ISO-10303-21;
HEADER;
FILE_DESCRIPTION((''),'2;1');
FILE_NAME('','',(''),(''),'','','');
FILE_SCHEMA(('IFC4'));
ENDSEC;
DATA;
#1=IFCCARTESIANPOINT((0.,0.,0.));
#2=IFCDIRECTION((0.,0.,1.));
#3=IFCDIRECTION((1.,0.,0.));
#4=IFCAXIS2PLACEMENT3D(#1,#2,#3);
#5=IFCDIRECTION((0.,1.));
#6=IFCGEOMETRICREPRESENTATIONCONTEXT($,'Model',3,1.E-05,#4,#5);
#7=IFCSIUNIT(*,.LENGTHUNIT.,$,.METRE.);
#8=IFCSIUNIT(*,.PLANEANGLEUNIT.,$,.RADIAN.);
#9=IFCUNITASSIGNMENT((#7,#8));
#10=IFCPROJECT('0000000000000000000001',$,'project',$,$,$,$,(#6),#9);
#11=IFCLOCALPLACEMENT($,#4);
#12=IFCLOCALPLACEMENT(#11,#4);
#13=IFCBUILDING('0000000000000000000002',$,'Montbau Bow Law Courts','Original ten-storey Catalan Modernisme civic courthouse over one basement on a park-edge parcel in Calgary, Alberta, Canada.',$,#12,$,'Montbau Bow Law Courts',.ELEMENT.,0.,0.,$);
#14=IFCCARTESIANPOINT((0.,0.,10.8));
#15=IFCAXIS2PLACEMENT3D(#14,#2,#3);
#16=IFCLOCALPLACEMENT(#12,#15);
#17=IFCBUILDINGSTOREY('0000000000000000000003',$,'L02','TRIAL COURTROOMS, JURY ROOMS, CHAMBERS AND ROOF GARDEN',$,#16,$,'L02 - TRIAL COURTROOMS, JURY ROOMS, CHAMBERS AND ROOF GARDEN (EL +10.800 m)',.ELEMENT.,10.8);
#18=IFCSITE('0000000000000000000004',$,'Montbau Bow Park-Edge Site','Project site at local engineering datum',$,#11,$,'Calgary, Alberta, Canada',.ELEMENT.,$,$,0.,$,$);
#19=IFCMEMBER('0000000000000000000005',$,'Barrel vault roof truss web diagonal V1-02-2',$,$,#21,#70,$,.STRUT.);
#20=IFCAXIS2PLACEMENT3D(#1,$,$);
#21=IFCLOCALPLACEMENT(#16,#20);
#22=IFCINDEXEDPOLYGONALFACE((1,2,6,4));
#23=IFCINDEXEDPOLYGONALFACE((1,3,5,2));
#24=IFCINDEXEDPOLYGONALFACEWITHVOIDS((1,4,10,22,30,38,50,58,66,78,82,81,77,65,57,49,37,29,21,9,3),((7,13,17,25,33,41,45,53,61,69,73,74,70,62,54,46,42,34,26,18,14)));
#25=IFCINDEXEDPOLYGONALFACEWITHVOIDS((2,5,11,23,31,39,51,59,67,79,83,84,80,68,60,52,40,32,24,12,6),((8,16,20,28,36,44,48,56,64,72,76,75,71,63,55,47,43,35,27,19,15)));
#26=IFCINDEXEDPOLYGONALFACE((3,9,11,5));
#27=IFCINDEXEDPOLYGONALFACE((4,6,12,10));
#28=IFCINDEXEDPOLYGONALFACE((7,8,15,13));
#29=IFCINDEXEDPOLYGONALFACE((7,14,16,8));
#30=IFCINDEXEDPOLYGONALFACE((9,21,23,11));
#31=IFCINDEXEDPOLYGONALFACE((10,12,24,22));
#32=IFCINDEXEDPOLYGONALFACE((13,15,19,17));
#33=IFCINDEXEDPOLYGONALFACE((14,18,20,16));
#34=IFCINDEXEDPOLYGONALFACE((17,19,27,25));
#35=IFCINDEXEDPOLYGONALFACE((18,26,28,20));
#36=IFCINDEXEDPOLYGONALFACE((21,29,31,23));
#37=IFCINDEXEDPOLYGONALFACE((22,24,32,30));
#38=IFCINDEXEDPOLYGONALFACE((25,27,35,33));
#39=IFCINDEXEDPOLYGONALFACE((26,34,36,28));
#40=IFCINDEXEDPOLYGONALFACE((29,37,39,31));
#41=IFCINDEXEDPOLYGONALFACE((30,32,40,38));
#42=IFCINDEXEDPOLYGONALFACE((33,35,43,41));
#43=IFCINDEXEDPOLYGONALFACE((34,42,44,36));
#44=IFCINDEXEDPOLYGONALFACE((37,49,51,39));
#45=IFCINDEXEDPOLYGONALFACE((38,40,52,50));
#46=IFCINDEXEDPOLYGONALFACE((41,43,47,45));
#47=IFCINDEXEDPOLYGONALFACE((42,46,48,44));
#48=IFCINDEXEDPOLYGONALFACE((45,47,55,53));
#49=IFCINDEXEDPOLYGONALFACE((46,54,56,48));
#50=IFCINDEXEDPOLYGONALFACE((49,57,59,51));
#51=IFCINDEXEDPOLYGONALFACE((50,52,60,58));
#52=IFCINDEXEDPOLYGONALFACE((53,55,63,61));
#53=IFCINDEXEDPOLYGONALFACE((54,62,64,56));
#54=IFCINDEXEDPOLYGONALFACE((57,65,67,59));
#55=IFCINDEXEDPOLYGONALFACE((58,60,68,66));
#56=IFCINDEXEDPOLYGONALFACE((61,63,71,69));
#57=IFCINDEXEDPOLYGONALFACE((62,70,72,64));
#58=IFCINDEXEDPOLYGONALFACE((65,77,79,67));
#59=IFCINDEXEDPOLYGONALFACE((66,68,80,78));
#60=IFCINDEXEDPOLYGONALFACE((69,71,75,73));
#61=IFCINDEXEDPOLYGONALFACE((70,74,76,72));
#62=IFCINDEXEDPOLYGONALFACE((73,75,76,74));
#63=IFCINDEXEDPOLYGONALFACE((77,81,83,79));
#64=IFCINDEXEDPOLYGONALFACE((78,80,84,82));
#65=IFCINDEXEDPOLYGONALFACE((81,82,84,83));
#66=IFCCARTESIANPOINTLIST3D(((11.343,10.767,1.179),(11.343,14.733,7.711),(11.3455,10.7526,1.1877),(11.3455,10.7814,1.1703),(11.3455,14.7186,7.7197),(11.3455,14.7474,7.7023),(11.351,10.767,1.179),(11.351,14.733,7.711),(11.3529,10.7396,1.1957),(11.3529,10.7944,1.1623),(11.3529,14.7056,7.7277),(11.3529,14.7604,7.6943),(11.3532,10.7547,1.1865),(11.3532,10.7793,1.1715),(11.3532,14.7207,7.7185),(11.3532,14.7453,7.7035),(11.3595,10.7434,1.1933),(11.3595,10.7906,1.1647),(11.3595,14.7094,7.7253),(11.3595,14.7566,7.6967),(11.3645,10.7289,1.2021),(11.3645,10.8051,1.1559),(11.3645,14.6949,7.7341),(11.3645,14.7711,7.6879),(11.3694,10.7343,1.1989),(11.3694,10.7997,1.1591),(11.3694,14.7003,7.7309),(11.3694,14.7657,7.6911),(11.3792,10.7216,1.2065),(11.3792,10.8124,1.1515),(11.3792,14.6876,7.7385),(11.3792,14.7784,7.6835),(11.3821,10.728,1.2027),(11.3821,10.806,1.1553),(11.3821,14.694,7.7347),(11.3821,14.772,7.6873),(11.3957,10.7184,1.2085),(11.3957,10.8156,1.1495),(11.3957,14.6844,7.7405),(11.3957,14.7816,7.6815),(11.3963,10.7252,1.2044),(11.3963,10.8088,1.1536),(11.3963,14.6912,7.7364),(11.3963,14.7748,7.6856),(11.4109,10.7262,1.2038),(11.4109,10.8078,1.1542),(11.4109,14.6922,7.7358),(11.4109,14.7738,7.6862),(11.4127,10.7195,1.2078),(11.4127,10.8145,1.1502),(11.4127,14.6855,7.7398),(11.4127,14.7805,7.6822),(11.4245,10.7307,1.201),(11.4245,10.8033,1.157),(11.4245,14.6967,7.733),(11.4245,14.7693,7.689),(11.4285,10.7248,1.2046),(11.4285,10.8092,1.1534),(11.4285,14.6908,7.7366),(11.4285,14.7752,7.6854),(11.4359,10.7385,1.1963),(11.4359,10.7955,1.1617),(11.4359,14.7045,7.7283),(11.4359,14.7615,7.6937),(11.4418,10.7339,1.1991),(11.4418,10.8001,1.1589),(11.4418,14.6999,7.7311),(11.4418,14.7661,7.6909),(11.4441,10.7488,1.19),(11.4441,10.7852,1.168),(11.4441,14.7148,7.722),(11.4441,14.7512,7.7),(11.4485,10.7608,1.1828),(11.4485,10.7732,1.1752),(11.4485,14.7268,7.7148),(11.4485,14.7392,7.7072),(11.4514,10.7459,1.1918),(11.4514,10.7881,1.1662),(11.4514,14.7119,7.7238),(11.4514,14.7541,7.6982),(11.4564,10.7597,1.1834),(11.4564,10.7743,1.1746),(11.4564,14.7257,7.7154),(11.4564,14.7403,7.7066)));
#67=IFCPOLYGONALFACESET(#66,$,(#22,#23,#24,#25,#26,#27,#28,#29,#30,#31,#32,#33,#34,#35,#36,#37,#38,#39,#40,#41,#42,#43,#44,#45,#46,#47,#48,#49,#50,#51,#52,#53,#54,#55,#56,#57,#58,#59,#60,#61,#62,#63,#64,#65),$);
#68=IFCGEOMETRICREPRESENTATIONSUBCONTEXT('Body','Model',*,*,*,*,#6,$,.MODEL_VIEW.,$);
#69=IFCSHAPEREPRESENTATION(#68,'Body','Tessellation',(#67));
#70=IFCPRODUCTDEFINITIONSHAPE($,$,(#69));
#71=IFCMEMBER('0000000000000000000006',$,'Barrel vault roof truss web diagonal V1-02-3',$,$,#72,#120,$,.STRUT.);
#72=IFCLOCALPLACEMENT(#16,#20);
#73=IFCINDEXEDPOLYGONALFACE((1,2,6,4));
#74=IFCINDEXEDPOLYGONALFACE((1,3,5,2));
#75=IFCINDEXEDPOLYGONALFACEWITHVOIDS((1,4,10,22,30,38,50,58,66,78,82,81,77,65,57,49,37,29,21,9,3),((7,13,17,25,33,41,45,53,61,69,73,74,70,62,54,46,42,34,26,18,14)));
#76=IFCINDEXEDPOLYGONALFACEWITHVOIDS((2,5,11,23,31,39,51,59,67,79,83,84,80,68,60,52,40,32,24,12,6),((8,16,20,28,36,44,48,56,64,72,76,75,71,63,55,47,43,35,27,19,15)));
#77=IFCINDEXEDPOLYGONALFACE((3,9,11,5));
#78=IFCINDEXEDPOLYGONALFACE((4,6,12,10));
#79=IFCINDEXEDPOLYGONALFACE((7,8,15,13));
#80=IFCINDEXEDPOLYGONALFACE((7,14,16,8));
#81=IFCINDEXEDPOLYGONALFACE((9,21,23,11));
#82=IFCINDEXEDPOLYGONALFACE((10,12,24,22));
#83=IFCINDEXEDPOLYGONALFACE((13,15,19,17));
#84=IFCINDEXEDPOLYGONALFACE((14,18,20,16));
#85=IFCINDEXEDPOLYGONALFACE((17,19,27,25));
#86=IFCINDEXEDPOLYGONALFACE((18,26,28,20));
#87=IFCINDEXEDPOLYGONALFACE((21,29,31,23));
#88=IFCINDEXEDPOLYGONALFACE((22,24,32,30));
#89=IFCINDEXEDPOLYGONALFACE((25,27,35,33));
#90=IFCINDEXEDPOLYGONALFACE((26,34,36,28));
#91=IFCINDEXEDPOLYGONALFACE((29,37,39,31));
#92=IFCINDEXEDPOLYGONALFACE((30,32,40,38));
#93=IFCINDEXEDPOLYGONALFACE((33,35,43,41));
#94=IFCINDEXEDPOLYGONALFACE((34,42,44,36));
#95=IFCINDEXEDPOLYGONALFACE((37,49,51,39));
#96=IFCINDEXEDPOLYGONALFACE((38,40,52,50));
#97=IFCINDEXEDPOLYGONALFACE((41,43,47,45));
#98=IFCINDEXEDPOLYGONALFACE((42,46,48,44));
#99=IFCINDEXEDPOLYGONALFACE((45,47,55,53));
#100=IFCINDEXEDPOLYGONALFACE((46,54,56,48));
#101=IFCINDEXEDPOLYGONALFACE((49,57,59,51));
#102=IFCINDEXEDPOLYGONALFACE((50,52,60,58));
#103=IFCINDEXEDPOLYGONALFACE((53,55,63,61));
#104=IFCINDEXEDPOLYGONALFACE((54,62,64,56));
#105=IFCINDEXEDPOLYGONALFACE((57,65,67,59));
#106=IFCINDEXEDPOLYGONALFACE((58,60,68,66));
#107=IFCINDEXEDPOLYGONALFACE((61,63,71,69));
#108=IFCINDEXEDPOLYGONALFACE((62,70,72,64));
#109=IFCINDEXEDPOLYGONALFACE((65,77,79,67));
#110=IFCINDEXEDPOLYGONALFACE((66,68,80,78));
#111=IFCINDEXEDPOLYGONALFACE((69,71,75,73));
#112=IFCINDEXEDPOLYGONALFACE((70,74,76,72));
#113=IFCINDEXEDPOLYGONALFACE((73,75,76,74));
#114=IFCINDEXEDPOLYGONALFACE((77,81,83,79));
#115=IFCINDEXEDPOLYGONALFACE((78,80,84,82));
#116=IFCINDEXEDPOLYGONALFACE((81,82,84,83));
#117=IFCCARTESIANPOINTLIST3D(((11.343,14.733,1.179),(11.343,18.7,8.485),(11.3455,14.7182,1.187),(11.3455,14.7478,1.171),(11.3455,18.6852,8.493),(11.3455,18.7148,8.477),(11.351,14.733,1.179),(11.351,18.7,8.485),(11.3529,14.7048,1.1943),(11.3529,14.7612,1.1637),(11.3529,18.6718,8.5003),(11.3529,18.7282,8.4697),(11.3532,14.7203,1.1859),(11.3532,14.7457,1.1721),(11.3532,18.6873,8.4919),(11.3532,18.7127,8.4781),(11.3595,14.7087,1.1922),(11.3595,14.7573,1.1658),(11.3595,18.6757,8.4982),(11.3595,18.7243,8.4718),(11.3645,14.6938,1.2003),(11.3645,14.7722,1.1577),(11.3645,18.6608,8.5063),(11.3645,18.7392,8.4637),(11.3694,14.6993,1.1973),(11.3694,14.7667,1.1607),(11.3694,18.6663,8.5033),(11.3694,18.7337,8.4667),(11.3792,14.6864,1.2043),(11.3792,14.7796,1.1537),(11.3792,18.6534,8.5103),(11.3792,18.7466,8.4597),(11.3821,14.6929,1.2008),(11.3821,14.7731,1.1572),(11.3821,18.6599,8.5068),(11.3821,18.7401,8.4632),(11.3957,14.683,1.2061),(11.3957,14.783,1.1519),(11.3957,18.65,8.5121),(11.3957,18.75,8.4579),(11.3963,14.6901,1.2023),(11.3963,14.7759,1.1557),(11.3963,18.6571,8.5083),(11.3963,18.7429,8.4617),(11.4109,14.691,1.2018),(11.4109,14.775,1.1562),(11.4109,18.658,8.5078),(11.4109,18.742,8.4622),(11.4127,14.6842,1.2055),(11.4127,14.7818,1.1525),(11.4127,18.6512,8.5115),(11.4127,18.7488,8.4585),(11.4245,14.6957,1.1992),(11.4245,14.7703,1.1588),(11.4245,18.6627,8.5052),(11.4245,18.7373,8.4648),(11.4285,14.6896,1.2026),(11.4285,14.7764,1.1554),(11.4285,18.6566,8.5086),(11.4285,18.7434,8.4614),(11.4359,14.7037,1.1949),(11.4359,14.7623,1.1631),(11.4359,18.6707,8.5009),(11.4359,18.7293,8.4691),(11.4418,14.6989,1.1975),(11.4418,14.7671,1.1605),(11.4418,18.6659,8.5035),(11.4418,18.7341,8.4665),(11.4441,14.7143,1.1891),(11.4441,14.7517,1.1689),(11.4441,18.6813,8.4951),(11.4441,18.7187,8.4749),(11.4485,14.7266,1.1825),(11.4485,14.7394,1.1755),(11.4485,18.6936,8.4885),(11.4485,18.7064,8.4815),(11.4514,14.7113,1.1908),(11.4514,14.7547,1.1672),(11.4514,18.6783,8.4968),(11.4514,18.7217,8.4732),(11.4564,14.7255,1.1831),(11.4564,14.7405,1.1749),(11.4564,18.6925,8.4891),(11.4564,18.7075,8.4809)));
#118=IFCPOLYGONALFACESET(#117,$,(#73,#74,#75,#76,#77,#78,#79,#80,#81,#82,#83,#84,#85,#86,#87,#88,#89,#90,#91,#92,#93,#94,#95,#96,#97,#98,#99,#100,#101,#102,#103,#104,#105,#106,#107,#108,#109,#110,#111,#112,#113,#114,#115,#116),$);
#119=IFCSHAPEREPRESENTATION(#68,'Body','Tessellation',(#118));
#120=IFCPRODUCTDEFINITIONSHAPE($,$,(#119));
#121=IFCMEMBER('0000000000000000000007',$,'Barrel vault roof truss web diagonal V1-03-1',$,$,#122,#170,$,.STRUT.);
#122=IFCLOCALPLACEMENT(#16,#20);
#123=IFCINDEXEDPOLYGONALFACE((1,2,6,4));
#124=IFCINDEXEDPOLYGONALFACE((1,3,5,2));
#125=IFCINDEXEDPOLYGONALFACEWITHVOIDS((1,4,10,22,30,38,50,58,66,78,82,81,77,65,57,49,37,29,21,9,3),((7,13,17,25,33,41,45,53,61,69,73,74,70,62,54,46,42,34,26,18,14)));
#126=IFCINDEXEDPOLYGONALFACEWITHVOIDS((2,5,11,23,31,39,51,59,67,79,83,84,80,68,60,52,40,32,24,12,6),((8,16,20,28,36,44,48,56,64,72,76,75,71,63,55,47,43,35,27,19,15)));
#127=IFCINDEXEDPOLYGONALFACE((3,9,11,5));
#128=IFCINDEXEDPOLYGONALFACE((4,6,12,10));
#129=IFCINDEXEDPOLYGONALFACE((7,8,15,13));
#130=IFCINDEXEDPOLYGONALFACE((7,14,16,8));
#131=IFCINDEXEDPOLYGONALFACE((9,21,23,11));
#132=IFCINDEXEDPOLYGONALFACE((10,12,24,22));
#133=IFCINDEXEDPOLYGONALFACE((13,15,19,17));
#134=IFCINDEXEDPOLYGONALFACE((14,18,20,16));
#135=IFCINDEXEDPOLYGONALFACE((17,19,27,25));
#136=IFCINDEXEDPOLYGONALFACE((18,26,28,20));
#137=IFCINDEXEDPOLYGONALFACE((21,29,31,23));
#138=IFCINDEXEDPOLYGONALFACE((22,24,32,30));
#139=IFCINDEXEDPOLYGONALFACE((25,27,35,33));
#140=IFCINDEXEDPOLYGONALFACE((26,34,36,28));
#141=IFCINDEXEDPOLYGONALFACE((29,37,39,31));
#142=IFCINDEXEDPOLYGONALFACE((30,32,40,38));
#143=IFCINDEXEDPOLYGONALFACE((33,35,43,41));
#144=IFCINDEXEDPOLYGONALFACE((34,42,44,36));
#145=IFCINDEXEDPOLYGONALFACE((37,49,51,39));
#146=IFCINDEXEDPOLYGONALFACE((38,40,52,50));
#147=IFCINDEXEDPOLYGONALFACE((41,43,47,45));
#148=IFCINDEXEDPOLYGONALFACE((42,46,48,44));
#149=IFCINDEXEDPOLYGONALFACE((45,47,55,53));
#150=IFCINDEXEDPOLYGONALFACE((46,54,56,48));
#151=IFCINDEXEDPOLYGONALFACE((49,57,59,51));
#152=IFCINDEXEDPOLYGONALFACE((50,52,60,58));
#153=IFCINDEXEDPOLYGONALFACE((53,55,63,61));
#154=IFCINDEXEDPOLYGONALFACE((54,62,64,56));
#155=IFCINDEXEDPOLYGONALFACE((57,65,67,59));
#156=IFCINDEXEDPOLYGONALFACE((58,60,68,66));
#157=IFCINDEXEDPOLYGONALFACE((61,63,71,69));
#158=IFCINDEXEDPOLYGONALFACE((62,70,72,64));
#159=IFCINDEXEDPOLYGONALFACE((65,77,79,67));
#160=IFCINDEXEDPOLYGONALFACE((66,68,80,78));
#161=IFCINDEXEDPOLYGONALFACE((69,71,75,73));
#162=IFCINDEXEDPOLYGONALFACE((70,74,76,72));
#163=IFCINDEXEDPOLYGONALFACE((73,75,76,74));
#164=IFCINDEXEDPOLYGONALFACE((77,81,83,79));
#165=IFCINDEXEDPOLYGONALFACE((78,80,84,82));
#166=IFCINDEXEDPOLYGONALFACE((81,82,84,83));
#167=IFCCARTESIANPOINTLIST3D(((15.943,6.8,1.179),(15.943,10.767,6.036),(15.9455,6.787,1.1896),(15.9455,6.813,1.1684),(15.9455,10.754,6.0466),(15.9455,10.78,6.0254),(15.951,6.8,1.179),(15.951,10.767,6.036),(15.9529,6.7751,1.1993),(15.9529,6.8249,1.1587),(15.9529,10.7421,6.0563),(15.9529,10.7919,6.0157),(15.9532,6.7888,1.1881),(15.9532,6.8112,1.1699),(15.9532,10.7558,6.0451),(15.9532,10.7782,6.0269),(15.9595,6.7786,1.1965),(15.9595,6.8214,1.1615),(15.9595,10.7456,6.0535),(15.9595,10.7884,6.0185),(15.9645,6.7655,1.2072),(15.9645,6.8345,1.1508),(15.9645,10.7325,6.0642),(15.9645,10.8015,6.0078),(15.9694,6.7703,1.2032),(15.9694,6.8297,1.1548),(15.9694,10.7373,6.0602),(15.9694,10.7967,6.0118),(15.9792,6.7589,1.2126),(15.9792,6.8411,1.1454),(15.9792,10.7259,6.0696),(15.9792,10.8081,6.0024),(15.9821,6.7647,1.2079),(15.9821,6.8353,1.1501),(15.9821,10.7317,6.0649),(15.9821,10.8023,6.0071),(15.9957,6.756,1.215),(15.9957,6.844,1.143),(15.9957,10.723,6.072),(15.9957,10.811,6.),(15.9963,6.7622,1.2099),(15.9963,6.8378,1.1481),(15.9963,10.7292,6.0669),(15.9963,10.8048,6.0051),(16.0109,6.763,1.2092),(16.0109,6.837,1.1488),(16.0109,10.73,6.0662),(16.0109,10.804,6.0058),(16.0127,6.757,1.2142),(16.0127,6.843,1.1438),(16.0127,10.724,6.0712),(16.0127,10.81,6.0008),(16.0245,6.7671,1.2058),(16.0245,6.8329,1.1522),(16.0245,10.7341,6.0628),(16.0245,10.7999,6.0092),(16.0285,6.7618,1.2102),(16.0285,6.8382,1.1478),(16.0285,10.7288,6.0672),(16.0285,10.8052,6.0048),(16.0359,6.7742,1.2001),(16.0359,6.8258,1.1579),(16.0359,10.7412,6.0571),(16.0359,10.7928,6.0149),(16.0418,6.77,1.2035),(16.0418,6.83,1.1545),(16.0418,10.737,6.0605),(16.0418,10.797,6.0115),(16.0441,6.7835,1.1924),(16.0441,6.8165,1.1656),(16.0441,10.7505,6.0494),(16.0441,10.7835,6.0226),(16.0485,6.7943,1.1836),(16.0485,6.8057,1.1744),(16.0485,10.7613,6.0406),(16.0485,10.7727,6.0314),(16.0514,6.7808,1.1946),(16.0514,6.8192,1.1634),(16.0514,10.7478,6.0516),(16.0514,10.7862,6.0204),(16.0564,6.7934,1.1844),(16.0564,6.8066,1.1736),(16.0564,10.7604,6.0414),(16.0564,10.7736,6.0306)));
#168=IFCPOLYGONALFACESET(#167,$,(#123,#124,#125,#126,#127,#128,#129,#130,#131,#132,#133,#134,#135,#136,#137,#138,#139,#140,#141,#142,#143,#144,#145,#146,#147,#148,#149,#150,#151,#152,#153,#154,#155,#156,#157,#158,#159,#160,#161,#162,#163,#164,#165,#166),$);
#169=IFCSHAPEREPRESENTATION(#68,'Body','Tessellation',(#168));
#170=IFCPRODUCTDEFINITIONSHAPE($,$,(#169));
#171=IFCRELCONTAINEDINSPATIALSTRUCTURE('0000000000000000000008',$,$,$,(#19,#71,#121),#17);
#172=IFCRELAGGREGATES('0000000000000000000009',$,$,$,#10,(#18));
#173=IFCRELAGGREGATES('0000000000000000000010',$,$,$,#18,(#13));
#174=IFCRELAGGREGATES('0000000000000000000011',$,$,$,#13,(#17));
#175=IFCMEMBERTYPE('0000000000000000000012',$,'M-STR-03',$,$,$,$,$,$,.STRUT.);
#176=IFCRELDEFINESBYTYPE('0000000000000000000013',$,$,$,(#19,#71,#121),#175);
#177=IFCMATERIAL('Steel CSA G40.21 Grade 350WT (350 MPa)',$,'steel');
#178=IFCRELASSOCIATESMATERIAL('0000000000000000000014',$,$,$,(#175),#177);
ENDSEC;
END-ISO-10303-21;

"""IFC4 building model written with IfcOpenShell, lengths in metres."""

from ifc_helpers import new_model, si_unit, direction, frame, origin_with_axes, origin_2d_with_axis, place, context, subcontext, project, spatial, hollow_circle, extrude, material, material_profile, profile_set, type_object, element, save


model = new_model("IFC4")

# Units and contexts
model_context = context("Model", 3, precision=1e-05, world=origin_with_axes(), true_north=direction((0.0, 1.0)))
body_context = subcontext(model_context, "Body", "Model", "MODEL_VIEW")
ifc_project = project(units=[si_unit("LENGTHUNIT", "METRE"), si_unit("PLANEANGLEUNIT", "RADIAN")], contexts=[model_context])

# Site, building, storey
site_placement = place(None, origin_with_axes())
site = spatial("IfcSite", under=ifc_project, at=site_placement, Name="Montbau Bow Park-Edge Site", Description="Project site at local engineering datum", LongName="Calgary, Alberta, Canada", CompositionType="ELEMENT", RefElevation=0.0)
building_placement = place(site_placement, origin_with_axes())
building = spatial("IfcBuilding", under=site, at=building_placement, Name="Montbau Bow Law Courts", Description="Original ten-storey Catalan Modernisme civic courthouse over one basement on a park-edge parcel in Calgary, Alberta, Canada.", LongName="Montbau Bow Law Courts", CompositionType="ELEMENT", ElevationOfRefHeight=0.0, ElevationOfTerrain=0.0)
storey_placement = place(building_placement, frame((0.0, 0.0, 10.8), z_axis=(0.0, 0.0, 1.0), x_axis=(1.0, 0.0, 0.0)))
storey = spatial("IfcBuildingStorey", under=building, at=storey_placement, Name="L02", Description="TRIAL COURTROOMS, JURY ROOMS, CHAMBERS AND ROOF GARDEN", LongName="L02 - TRIAL COURTROOMS, JURY ROOMS, CHAMBERS AND ROOF GARDEN (EL +10.800 m)", CompositionType="ELEMENT", Elevation=10.8)

# Members
ifc_material = material(Name="Steel CSA G40.21 Grade 350WT (350 MPa)", Category="steel")
ifc_material_profile_1 = material_profile(ifc_material, hollow_circle(Radius=0.057, WallThickness=0.008, at=origin_2d_with_axis()), Name="HSS114X8.0", Category="Main", Priority=0)
ifc_profile_set_1 = profile_set([ifc_material_profile_1], Name="Steel CSA G40.21 Grade 350WT (350 MPa)")
member_type_1 = type_object("IfcMemberType", Name="M-STR-03", PredefinedType="STRUT", material=ifc_profile_set_1)
member_1_placement = place(None, frame((11.4, 10.767, 11.979), z_axis=(0.0, 0.518992, 0.854779), x_axis=(-1.0, 0.0, 0.0)))
element("IfcMember", 1, at=member_1_placement, inside=storey, type_object=member_type_1, Name="Barrel vault roof truss web diagonal V1-02-2", PredefinedType="STRUT", context=body_context, shape_type="SweptSolid", body=[
    extrude(hollow_circle(Radius=0.057, WallThickness=0.008, at=origin_2d_with_axis()), origin_with_axes(), (0.0, 0.0, 1.0), 7.6417),
])
member_2_placement = place(None, frame((11.4, 14.733, 11.979), z_axis=(0.0, 0.477174, 0.878809), x_axis=(-1.0, 0.0, 0.0)))
element("IfcMember", 2, at=member_2_placement, inside=storey, type_object=member_type_1, Name="Barrel vault roof truss web diagonal V1-02-3", PredefinedType="STRUT", context=body_context, shape_type="SweptSolid", body=[
    extrude(hollow_circle(Radius=0.057, WallThickness=0.008, at=origin_2d_with_axis()), origin_with_axes(), (0.0, 0.0, 1.0), 8.3135),
])
member_3_placement = place(None, frame((16.0, 6.8, 11.979), z_axis=(0.0, 0.632578, 0.774497), x_axis=(-1.0, 0.0, 0.0)))
element("IfcMember", 3, at=member_3_placement, inside=storey, type_object=member_type_1, Name="Barrel vault roof truss web diagonal V1-03-1", PredefinedType="STRUT", context=body_context, shape_type="SweptSolid", body=[
    extrude(hollow_circle(Radius=0.057, WallThickness=0.008, at=origin_2d_with_axis()), origin_with_axes(), (0.0, 0.0, 1.0), 6.2712),
])

save(model, "model.ifc")
